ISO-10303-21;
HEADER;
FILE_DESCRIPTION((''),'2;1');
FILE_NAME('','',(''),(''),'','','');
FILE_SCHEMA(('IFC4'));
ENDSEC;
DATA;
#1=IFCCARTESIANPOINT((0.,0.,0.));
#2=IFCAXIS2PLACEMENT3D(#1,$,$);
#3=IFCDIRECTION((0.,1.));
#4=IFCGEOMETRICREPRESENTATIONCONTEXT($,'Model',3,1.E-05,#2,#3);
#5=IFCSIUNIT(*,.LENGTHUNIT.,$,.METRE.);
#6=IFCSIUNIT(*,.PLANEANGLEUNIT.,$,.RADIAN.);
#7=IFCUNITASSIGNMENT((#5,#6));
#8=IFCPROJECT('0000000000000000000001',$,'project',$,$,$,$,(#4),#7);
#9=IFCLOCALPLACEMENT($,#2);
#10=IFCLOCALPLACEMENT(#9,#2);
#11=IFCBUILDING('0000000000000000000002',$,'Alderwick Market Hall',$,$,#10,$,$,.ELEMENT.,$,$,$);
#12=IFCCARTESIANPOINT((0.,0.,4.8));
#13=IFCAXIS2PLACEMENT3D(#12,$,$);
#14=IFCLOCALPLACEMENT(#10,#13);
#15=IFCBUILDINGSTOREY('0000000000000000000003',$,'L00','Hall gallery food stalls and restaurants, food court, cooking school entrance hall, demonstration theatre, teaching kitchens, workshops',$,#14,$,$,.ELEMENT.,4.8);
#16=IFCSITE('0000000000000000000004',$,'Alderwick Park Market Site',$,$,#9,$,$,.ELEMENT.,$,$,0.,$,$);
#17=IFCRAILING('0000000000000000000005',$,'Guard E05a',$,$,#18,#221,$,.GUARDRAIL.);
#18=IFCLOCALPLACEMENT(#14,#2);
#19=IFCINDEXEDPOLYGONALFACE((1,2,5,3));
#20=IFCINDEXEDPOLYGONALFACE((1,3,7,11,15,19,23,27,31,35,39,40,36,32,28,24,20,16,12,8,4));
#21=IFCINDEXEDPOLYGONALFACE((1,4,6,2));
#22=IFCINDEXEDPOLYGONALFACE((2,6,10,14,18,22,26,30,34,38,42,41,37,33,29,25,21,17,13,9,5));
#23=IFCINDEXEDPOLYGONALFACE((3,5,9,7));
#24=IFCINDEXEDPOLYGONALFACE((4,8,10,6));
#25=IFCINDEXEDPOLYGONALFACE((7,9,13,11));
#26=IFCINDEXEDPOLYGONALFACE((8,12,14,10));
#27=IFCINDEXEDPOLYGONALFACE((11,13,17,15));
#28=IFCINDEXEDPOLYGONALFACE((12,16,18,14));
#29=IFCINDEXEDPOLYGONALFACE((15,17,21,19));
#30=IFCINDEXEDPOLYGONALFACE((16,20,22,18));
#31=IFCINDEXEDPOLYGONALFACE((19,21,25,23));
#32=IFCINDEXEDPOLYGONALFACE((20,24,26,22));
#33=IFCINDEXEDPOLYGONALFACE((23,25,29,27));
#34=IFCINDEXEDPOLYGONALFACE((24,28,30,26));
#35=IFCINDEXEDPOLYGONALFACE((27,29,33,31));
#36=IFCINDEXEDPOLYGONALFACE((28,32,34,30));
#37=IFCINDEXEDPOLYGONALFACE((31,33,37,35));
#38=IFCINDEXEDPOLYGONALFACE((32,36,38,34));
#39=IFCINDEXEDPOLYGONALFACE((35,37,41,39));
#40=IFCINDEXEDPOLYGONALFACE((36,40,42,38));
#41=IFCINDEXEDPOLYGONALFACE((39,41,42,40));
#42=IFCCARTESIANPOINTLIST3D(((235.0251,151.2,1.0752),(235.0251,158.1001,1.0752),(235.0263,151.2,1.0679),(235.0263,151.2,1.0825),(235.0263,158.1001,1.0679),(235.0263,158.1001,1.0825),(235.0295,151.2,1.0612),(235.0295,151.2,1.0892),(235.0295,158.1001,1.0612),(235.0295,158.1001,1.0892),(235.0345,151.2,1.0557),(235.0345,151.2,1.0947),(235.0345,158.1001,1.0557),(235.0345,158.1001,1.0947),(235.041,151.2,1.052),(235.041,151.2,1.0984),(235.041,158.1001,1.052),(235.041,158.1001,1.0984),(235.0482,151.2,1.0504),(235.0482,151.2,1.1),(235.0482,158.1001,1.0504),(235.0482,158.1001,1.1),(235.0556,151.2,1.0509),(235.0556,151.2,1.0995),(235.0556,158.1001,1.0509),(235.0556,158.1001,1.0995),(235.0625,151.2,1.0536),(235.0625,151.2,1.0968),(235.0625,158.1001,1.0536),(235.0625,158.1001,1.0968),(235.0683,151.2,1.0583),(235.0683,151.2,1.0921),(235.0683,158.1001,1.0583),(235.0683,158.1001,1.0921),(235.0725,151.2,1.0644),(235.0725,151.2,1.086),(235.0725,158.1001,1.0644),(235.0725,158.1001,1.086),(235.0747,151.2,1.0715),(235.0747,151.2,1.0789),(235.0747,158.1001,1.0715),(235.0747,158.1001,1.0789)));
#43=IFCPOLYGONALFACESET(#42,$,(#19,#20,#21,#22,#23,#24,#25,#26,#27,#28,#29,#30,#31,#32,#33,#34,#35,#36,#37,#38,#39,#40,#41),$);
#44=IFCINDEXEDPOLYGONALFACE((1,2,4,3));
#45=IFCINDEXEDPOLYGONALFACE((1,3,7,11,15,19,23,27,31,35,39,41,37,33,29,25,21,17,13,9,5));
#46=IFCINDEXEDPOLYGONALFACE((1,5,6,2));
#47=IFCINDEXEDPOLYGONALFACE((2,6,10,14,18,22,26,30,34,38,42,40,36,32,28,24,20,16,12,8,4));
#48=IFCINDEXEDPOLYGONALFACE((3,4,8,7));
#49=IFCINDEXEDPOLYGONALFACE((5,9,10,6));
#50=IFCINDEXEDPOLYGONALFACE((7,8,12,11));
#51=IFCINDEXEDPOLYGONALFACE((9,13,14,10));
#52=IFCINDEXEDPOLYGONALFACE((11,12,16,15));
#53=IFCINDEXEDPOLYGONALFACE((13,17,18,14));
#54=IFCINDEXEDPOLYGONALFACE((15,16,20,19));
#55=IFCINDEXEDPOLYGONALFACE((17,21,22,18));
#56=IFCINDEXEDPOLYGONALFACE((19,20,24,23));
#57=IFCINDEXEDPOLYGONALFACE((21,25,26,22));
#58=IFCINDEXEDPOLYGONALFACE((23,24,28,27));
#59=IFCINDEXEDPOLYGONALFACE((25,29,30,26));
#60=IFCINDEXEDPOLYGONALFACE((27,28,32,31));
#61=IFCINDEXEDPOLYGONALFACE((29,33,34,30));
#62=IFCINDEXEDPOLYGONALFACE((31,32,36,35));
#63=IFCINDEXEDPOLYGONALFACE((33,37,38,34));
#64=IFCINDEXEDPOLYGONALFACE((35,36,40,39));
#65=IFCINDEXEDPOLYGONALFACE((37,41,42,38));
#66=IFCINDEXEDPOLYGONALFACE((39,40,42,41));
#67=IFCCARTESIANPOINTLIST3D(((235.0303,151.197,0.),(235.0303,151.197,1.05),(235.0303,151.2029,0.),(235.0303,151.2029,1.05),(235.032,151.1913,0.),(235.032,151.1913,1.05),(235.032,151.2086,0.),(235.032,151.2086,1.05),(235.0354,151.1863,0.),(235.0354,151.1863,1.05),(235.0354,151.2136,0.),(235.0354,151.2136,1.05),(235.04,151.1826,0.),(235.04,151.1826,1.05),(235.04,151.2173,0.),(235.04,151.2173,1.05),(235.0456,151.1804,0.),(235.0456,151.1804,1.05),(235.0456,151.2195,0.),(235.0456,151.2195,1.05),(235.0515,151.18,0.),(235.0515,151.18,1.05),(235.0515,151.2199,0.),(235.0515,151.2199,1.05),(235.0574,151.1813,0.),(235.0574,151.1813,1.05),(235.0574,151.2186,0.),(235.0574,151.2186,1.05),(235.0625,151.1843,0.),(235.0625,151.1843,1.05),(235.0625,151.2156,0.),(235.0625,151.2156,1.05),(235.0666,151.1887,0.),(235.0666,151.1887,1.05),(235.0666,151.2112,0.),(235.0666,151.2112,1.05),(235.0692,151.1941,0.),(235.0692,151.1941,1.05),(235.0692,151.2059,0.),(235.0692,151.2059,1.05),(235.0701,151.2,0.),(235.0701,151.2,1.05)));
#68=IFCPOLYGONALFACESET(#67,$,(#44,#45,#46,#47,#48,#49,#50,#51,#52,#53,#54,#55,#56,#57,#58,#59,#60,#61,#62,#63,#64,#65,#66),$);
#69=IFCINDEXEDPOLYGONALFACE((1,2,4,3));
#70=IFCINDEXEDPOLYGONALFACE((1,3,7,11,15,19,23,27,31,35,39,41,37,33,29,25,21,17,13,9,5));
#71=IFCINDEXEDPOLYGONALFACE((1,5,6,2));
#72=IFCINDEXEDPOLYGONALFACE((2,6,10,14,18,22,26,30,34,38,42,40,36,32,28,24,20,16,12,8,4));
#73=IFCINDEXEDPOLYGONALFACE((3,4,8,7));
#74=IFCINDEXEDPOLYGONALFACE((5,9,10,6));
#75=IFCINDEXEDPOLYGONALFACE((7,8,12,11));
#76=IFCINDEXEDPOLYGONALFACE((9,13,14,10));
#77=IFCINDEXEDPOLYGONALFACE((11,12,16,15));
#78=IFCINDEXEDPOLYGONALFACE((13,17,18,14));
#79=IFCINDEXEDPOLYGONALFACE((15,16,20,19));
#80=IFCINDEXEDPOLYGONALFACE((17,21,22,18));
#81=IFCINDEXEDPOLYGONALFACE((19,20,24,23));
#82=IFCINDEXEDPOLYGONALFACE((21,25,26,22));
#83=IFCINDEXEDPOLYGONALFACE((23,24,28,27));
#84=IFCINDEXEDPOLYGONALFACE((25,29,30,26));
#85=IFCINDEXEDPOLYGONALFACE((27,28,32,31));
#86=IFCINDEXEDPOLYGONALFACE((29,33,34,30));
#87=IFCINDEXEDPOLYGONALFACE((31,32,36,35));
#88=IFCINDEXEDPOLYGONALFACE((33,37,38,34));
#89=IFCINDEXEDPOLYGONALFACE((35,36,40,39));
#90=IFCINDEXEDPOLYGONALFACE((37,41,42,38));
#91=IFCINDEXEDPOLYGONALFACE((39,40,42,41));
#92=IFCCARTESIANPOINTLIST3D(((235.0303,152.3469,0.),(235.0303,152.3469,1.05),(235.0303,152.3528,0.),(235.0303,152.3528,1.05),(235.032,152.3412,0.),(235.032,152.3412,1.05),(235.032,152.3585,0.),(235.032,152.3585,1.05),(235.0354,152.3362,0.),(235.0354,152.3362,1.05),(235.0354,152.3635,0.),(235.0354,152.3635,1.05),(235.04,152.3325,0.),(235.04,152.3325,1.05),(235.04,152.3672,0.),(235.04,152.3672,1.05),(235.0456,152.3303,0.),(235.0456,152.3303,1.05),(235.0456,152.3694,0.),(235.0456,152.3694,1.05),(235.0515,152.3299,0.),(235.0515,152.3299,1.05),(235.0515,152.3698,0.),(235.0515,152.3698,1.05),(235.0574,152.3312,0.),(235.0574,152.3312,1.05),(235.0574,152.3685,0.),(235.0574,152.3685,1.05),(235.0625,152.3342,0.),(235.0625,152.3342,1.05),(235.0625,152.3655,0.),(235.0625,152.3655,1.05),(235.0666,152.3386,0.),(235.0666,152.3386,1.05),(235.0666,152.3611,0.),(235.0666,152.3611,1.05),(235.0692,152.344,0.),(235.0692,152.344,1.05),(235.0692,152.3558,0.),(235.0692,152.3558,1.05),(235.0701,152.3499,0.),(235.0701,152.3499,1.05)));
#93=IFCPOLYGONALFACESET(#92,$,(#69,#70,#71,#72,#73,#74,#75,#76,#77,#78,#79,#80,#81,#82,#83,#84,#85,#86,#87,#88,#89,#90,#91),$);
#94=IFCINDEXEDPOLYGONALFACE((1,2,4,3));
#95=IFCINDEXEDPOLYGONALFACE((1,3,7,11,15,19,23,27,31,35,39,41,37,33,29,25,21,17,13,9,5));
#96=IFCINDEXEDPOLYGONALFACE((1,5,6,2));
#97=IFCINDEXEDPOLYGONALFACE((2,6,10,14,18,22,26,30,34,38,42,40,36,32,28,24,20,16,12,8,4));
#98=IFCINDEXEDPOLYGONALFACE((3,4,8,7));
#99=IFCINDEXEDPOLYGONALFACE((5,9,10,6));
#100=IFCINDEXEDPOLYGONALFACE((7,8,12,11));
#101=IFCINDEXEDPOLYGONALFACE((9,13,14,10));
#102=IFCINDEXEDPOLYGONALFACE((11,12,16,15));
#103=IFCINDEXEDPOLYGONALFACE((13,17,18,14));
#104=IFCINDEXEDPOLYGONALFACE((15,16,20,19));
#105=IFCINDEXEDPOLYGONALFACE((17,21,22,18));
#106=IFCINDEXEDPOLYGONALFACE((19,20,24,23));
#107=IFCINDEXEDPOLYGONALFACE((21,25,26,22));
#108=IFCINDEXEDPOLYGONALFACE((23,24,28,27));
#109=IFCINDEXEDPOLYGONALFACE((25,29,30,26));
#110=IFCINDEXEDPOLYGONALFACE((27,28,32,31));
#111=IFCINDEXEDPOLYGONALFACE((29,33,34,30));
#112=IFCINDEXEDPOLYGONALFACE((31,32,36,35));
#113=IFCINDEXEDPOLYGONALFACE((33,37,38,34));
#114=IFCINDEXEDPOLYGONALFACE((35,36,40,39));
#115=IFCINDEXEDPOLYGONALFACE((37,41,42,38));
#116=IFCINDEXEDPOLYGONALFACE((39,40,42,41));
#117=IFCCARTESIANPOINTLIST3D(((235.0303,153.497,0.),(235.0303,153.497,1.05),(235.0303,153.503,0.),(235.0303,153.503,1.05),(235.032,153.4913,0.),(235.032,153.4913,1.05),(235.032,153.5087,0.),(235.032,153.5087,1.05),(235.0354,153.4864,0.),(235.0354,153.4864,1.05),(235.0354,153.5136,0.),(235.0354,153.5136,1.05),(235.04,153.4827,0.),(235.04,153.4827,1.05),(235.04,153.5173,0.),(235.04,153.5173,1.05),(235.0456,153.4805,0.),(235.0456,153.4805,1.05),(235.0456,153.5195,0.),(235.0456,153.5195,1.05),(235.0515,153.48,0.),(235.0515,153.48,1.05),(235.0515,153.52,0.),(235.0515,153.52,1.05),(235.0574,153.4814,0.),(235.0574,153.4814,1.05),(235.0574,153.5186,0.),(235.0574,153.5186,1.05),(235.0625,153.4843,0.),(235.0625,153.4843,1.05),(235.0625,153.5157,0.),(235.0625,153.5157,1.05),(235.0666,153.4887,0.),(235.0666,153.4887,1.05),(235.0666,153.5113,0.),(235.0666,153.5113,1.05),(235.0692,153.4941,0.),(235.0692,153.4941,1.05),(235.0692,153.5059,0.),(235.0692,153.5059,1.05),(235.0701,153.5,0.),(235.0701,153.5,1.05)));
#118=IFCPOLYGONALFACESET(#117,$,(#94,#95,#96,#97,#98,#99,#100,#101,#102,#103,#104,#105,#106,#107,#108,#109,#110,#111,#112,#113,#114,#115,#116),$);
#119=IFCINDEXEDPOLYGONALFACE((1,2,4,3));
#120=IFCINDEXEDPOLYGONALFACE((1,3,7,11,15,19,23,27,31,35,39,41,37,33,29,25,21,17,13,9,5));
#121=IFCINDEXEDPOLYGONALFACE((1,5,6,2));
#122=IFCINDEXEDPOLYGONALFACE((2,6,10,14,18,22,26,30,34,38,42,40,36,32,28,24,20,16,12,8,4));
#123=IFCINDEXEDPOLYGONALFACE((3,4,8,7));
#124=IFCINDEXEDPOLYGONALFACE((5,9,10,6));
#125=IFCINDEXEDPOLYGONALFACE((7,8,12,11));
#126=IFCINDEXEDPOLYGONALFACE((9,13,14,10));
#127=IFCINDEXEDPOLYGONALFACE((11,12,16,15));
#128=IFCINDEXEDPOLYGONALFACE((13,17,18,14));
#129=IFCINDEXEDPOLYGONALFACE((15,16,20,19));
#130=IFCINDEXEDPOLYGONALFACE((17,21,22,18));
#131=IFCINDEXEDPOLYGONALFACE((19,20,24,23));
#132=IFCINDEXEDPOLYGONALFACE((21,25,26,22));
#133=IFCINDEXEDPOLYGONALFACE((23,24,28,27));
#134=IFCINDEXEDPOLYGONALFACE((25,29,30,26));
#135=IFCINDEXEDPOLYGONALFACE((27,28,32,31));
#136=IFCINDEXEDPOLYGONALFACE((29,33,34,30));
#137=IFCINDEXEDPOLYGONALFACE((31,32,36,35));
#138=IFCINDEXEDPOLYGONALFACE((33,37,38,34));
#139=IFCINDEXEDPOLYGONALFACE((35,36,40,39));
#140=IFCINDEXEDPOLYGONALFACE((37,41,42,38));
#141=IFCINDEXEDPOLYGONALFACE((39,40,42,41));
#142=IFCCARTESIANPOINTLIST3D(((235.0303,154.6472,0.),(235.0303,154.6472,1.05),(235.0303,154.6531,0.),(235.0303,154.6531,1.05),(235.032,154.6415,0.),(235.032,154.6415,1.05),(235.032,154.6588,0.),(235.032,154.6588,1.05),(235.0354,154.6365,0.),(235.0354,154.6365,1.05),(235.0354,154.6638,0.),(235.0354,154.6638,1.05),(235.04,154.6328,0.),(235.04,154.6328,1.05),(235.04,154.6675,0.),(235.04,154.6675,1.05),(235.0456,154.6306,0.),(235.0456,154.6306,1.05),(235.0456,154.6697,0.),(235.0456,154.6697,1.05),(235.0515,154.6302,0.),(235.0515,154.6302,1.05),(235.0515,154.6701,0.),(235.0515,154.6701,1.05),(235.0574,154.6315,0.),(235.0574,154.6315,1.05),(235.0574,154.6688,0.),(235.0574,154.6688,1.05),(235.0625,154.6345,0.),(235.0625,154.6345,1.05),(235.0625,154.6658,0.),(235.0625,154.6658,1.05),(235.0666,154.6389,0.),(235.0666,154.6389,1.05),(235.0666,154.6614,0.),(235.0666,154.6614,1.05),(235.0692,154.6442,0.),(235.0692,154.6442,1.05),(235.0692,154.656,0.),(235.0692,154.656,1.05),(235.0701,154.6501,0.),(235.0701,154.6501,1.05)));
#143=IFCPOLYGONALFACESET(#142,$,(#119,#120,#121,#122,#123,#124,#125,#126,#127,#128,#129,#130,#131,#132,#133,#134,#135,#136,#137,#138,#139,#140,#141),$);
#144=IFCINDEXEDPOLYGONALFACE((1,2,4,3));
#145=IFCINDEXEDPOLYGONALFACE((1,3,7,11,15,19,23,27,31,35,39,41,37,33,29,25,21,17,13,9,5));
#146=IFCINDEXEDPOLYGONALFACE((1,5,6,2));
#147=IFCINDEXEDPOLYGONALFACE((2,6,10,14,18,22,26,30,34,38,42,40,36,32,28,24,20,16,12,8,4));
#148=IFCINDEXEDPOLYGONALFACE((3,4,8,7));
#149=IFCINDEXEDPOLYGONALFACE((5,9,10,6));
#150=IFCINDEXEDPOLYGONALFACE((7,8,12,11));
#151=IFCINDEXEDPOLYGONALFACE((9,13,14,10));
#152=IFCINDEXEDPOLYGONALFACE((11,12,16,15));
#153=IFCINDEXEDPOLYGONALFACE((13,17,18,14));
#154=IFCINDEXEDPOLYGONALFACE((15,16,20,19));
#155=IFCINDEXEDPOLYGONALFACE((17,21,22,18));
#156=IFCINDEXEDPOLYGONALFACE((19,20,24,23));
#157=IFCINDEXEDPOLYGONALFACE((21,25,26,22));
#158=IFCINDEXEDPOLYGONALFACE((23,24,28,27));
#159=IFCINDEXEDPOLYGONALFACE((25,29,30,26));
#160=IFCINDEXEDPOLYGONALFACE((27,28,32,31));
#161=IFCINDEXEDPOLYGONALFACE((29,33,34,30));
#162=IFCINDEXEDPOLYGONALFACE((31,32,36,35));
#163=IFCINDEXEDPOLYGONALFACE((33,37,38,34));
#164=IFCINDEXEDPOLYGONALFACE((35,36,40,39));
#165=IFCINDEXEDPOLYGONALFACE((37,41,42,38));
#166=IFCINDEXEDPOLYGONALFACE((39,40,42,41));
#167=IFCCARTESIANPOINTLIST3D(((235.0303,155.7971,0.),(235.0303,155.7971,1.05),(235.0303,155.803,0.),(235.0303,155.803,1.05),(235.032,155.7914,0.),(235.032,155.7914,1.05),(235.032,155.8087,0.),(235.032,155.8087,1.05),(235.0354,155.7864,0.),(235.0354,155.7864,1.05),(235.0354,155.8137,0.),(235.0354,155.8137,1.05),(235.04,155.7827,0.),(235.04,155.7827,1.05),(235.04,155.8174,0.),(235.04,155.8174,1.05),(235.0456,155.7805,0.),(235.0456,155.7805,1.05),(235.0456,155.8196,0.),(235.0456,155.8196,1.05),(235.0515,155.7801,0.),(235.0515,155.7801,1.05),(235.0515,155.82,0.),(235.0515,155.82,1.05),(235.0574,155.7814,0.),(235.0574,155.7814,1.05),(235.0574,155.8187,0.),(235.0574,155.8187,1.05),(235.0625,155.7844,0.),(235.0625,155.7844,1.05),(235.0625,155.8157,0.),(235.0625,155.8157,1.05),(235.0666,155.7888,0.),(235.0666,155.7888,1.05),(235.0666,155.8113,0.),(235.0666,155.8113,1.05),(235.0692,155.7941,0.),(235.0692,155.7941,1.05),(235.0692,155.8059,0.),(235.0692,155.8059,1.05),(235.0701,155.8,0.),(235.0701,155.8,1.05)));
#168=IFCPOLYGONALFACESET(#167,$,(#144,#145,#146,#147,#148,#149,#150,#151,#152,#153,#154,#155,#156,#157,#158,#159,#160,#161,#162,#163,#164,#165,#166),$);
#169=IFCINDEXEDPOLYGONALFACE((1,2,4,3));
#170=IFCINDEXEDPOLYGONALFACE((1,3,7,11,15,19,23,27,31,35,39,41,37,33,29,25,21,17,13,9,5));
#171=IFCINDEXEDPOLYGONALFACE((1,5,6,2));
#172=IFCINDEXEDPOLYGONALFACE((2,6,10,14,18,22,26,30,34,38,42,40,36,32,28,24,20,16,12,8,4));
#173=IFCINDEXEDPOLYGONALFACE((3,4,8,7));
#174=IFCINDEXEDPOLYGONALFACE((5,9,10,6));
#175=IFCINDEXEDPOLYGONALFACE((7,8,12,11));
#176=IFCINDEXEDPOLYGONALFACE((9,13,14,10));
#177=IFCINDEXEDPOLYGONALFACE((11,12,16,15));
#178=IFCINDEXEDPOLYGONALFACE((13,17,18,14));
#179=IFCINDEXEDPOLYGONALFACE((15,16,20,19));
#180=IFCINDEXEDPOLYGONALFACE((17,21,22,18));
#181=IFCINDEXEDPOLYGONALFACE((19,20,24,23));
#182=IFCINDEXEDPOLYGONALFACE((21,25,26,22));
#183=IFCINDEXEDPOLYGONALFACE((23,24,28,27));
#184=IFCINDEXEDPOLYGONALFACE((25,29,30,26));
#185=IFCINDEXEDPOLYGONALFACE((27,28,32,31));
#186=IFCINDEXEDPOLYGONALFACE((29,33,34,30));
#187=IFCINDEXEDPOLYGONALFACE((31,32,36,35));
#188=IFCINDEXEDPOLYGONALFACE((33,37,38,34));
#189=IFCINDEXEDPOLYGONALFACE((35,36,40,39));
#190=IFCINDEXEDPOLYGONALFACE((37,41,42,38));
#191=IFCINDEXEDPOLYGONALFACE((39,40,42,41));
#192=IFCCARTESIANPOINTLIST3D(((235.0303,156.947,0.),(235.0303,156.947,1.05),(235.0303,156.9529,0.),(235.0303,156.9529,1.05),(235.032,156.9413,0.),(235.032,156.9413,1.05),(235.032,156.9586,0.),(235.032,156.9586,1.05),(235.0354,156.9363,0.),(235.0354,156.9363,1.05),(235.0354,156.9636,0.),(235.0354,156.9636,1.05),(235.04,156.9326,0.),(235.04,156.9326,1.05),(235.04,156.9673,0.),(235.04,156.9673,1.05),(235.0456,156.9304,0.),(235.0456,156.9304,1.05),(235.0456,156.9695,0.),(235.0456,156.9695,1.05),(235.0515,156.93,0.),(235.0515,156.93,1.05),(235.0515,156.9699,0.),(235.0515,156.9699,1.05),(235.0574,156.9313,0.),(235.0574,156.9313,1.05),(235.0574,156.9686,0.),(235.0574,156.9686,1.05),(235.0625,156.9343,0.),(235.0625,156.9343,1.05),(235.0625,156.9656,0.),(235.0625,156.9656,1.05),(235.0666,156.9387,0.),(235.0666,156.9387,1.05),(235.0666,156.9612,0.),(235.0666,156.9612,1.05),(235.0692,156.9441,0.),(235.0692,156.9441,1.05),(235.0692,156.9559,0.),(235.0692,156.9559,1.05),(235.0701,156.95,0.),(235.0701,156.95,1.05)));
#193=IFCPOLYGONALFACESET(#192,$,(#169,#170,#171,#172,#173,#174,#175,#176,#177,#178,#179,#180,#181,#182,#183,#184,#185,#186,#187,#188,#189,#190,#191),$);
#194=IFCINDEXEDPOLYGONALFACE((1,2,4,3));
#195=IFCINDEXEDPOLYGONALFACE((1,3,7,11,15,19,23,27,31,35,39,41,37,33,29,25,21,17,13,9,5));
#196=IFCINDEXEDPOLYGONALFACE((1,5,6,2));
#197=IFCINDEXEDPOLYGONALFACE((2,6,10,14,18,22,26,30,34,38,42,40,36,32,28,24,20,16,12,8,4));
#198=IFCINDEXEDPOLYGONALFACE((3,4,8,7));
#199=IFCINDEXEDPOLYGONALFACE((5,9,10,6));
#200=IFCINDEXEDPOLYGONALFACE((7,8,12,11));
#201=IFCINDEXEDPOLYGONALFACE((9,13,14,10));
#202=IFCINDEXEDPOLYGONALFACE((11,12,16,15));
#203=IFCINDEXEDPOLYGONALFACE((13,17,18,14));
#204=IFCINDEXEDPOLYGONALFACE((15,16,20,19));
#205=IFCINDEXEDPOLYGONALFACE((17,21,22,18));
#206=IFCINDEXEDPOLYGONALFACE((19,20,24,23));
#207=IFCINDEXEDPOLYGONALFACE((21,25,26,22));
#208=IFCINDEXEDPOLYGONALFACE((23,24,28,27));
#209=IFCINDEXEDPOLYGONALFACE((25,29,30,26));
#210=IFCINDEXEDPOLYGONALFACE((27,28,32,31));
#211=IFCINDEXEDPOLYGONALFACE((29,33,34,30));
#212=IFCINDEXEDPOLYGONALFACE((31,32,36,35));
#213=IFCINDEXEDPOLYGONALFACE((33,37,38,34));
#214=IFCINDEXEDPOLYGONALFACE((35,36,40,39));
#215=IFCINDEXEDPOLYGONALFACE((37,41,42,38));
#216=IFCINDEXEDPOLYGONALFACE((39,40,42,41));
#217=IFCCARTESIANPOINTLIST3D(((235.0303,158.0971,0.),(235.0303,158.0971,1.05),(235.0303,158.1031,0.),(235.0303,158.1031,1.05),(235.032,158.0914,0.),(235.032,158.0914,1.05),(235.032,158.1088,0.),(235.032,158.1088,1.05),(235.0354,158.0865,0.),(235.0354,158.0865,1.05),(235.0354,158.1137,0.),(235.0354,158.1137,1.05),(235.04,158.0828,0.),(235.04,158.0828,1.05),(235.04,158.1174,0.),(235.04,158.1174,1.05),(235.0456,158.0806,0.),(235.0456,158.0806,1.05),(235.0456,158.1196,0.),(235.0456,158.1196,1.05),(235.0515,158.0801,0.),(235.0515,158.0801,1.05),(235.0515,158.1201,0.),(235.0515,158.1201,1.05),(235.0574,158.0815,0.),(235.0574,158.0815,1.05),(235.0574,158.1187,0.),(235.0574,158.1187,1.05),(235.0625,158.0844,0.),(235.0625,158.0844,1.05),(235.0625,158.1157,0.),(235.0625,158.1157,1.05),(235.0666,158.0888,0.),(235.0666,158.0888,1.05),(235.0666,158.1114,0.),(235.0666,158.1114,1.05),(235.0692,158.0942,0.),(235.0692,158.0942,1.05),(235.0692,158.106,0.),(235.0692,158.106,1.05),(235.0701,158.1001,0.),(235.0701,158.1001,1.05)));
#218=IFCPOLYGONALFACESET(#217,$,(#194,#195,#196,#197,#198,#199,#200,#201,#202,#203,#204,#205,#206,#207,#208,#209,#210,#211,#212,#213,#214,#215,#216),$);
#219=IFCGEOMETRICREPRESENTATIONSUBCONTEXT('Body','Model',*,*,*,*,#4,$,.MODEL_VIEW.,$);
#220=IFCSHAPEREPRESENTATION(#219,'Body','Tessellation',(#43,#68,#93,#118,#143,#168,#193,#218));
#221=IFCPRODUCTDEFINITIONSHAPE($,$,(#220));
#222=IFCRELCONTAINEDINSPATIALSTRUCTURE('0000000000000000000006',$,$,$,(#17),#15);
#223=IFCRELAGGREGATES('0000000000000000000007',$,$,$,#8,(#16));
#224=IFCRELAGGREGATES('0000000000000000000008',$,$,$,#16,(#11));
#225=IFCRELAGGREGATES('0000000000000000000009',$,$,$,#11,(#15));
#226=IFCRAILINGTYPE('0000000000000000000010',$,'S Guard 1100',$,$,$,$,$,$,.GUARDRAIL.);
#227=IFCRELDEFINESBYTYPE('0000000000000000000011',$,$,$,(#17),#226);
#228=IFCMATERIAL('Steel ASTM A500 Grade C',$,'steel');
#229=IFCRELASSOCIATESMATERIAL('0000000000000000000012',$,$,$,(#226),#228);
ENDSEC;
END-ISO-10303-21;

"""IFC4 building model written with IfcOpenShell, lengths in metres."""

from ifc_helpers import new_model, si_unit, direction, frame, origin, origin_2d, place, context, subcontext, project, spatial, circle, extrude, material, type_object, element, save


model = new_model("IFC4")

# Units and contexts
model_context = context("Model", 3, precision=1e-05, world=origin(), true_north=direction((0.0, 1.0)))
body_context = subcontext(model_context, "Body", "Model", "MODEL_VIEW")
ifc_project = project(units=[si_unit("LENGTHUNIT", "METRE"), si_unit("PLANEANGLEUNIT", "RADIAN")], contexts=[model_context])

# Site, building, storey
site_placement = place(None, origin())
site = spatial("IfcSite", under=ifc_project, at=site_placement, Name="Alderwick Park Market Site", CompositionType="ELEMENT", RefElevation=0.0)
building_placement = place(site_placement, origin())
building = spatial("IfcBuilding", under=site, at=building_placement, Name="Alderwick Market Hall", CompositionType="ELEMENT")
storey_placement = place(building_placement, frame((0.0, 0.0, 4.8)))
storey = spatial("IfcBuildingStorey", under=building, at=storey_placement, Name="L00", Description="Hall gallery food stalls and restaurants, food court, cooking school entrance hall, demonstration theatre, teaching kitchens, workshops", CompositionType="ELEMENT", Elevation=4.8)

# Shared definitions
ifc_material_1 = material(Name="Steel ASTM A500 Grade C", Category="steel")

# Railing
railing_type_1 = type_object("IfcRailingType", Name="S Guard 1100", PredefinedType="GUARDRAIL", material=ifc_material_1)
railing_1_placement = place(storey_placement, frame((235.05, 151.2, 0.0)))
element("IfcRailing", 1, at=railing_1_placement, inside=storey, type_object=railing_type_1, Name="Guard E05a", PredefinedType="GUARDRAIL", context=body_context, shape_type="SweptSolid", body=[
    extrude(circle(Radius=0.0249, at=origin_2d()), frame((0.0, 0.0, 1.0752), z_axis=(0.0, 1.0, 0.0), x_axis=(-1.0, 0.0, 0.0)), (0.0, 0.0, 1.0), 6.9001),
    extrude(circle(Radius=0.02, at=origin_2d()), origin(), (0.0, 0.0, 1.0), 1.05),
    extrude(circle(Radius=0.02, at=origin_2d()), frame((0.0, 1.1499, 0.0)), (0.0, 0.0, 1.0), 1.05),
    extrude(circle(Radius=0.02, at=origin_2d()), frame((0.0, 2.3, 0.0)), (0.0, 0.0, 1.0), 1.05),
    extrude(circle(Radius=0.02, at=origin_2d()), frame((0.0, 3.4502, 0.0)), (0.0, 0.0, 1.0), 1.05),
    extrude(circle(Radius=0.02, at=origin_2d()), frame((0.0, 4.6001, 0.0)), (0.0, 0.0, 1.0), 1.05),
    extrude(circle(Radius=0.02, at=origin_2d()), frame((0.0, 5.75, 0.0)), (0.0, 0.0, 1.0), 1.05),
    extrude(circle(Radius=0.02, at=origin_2d()), frame((0.0, 6.9001, 0.0)), (0.0, 0.0, 1.0), 1.05),
])

save(model, "model.ifc")
